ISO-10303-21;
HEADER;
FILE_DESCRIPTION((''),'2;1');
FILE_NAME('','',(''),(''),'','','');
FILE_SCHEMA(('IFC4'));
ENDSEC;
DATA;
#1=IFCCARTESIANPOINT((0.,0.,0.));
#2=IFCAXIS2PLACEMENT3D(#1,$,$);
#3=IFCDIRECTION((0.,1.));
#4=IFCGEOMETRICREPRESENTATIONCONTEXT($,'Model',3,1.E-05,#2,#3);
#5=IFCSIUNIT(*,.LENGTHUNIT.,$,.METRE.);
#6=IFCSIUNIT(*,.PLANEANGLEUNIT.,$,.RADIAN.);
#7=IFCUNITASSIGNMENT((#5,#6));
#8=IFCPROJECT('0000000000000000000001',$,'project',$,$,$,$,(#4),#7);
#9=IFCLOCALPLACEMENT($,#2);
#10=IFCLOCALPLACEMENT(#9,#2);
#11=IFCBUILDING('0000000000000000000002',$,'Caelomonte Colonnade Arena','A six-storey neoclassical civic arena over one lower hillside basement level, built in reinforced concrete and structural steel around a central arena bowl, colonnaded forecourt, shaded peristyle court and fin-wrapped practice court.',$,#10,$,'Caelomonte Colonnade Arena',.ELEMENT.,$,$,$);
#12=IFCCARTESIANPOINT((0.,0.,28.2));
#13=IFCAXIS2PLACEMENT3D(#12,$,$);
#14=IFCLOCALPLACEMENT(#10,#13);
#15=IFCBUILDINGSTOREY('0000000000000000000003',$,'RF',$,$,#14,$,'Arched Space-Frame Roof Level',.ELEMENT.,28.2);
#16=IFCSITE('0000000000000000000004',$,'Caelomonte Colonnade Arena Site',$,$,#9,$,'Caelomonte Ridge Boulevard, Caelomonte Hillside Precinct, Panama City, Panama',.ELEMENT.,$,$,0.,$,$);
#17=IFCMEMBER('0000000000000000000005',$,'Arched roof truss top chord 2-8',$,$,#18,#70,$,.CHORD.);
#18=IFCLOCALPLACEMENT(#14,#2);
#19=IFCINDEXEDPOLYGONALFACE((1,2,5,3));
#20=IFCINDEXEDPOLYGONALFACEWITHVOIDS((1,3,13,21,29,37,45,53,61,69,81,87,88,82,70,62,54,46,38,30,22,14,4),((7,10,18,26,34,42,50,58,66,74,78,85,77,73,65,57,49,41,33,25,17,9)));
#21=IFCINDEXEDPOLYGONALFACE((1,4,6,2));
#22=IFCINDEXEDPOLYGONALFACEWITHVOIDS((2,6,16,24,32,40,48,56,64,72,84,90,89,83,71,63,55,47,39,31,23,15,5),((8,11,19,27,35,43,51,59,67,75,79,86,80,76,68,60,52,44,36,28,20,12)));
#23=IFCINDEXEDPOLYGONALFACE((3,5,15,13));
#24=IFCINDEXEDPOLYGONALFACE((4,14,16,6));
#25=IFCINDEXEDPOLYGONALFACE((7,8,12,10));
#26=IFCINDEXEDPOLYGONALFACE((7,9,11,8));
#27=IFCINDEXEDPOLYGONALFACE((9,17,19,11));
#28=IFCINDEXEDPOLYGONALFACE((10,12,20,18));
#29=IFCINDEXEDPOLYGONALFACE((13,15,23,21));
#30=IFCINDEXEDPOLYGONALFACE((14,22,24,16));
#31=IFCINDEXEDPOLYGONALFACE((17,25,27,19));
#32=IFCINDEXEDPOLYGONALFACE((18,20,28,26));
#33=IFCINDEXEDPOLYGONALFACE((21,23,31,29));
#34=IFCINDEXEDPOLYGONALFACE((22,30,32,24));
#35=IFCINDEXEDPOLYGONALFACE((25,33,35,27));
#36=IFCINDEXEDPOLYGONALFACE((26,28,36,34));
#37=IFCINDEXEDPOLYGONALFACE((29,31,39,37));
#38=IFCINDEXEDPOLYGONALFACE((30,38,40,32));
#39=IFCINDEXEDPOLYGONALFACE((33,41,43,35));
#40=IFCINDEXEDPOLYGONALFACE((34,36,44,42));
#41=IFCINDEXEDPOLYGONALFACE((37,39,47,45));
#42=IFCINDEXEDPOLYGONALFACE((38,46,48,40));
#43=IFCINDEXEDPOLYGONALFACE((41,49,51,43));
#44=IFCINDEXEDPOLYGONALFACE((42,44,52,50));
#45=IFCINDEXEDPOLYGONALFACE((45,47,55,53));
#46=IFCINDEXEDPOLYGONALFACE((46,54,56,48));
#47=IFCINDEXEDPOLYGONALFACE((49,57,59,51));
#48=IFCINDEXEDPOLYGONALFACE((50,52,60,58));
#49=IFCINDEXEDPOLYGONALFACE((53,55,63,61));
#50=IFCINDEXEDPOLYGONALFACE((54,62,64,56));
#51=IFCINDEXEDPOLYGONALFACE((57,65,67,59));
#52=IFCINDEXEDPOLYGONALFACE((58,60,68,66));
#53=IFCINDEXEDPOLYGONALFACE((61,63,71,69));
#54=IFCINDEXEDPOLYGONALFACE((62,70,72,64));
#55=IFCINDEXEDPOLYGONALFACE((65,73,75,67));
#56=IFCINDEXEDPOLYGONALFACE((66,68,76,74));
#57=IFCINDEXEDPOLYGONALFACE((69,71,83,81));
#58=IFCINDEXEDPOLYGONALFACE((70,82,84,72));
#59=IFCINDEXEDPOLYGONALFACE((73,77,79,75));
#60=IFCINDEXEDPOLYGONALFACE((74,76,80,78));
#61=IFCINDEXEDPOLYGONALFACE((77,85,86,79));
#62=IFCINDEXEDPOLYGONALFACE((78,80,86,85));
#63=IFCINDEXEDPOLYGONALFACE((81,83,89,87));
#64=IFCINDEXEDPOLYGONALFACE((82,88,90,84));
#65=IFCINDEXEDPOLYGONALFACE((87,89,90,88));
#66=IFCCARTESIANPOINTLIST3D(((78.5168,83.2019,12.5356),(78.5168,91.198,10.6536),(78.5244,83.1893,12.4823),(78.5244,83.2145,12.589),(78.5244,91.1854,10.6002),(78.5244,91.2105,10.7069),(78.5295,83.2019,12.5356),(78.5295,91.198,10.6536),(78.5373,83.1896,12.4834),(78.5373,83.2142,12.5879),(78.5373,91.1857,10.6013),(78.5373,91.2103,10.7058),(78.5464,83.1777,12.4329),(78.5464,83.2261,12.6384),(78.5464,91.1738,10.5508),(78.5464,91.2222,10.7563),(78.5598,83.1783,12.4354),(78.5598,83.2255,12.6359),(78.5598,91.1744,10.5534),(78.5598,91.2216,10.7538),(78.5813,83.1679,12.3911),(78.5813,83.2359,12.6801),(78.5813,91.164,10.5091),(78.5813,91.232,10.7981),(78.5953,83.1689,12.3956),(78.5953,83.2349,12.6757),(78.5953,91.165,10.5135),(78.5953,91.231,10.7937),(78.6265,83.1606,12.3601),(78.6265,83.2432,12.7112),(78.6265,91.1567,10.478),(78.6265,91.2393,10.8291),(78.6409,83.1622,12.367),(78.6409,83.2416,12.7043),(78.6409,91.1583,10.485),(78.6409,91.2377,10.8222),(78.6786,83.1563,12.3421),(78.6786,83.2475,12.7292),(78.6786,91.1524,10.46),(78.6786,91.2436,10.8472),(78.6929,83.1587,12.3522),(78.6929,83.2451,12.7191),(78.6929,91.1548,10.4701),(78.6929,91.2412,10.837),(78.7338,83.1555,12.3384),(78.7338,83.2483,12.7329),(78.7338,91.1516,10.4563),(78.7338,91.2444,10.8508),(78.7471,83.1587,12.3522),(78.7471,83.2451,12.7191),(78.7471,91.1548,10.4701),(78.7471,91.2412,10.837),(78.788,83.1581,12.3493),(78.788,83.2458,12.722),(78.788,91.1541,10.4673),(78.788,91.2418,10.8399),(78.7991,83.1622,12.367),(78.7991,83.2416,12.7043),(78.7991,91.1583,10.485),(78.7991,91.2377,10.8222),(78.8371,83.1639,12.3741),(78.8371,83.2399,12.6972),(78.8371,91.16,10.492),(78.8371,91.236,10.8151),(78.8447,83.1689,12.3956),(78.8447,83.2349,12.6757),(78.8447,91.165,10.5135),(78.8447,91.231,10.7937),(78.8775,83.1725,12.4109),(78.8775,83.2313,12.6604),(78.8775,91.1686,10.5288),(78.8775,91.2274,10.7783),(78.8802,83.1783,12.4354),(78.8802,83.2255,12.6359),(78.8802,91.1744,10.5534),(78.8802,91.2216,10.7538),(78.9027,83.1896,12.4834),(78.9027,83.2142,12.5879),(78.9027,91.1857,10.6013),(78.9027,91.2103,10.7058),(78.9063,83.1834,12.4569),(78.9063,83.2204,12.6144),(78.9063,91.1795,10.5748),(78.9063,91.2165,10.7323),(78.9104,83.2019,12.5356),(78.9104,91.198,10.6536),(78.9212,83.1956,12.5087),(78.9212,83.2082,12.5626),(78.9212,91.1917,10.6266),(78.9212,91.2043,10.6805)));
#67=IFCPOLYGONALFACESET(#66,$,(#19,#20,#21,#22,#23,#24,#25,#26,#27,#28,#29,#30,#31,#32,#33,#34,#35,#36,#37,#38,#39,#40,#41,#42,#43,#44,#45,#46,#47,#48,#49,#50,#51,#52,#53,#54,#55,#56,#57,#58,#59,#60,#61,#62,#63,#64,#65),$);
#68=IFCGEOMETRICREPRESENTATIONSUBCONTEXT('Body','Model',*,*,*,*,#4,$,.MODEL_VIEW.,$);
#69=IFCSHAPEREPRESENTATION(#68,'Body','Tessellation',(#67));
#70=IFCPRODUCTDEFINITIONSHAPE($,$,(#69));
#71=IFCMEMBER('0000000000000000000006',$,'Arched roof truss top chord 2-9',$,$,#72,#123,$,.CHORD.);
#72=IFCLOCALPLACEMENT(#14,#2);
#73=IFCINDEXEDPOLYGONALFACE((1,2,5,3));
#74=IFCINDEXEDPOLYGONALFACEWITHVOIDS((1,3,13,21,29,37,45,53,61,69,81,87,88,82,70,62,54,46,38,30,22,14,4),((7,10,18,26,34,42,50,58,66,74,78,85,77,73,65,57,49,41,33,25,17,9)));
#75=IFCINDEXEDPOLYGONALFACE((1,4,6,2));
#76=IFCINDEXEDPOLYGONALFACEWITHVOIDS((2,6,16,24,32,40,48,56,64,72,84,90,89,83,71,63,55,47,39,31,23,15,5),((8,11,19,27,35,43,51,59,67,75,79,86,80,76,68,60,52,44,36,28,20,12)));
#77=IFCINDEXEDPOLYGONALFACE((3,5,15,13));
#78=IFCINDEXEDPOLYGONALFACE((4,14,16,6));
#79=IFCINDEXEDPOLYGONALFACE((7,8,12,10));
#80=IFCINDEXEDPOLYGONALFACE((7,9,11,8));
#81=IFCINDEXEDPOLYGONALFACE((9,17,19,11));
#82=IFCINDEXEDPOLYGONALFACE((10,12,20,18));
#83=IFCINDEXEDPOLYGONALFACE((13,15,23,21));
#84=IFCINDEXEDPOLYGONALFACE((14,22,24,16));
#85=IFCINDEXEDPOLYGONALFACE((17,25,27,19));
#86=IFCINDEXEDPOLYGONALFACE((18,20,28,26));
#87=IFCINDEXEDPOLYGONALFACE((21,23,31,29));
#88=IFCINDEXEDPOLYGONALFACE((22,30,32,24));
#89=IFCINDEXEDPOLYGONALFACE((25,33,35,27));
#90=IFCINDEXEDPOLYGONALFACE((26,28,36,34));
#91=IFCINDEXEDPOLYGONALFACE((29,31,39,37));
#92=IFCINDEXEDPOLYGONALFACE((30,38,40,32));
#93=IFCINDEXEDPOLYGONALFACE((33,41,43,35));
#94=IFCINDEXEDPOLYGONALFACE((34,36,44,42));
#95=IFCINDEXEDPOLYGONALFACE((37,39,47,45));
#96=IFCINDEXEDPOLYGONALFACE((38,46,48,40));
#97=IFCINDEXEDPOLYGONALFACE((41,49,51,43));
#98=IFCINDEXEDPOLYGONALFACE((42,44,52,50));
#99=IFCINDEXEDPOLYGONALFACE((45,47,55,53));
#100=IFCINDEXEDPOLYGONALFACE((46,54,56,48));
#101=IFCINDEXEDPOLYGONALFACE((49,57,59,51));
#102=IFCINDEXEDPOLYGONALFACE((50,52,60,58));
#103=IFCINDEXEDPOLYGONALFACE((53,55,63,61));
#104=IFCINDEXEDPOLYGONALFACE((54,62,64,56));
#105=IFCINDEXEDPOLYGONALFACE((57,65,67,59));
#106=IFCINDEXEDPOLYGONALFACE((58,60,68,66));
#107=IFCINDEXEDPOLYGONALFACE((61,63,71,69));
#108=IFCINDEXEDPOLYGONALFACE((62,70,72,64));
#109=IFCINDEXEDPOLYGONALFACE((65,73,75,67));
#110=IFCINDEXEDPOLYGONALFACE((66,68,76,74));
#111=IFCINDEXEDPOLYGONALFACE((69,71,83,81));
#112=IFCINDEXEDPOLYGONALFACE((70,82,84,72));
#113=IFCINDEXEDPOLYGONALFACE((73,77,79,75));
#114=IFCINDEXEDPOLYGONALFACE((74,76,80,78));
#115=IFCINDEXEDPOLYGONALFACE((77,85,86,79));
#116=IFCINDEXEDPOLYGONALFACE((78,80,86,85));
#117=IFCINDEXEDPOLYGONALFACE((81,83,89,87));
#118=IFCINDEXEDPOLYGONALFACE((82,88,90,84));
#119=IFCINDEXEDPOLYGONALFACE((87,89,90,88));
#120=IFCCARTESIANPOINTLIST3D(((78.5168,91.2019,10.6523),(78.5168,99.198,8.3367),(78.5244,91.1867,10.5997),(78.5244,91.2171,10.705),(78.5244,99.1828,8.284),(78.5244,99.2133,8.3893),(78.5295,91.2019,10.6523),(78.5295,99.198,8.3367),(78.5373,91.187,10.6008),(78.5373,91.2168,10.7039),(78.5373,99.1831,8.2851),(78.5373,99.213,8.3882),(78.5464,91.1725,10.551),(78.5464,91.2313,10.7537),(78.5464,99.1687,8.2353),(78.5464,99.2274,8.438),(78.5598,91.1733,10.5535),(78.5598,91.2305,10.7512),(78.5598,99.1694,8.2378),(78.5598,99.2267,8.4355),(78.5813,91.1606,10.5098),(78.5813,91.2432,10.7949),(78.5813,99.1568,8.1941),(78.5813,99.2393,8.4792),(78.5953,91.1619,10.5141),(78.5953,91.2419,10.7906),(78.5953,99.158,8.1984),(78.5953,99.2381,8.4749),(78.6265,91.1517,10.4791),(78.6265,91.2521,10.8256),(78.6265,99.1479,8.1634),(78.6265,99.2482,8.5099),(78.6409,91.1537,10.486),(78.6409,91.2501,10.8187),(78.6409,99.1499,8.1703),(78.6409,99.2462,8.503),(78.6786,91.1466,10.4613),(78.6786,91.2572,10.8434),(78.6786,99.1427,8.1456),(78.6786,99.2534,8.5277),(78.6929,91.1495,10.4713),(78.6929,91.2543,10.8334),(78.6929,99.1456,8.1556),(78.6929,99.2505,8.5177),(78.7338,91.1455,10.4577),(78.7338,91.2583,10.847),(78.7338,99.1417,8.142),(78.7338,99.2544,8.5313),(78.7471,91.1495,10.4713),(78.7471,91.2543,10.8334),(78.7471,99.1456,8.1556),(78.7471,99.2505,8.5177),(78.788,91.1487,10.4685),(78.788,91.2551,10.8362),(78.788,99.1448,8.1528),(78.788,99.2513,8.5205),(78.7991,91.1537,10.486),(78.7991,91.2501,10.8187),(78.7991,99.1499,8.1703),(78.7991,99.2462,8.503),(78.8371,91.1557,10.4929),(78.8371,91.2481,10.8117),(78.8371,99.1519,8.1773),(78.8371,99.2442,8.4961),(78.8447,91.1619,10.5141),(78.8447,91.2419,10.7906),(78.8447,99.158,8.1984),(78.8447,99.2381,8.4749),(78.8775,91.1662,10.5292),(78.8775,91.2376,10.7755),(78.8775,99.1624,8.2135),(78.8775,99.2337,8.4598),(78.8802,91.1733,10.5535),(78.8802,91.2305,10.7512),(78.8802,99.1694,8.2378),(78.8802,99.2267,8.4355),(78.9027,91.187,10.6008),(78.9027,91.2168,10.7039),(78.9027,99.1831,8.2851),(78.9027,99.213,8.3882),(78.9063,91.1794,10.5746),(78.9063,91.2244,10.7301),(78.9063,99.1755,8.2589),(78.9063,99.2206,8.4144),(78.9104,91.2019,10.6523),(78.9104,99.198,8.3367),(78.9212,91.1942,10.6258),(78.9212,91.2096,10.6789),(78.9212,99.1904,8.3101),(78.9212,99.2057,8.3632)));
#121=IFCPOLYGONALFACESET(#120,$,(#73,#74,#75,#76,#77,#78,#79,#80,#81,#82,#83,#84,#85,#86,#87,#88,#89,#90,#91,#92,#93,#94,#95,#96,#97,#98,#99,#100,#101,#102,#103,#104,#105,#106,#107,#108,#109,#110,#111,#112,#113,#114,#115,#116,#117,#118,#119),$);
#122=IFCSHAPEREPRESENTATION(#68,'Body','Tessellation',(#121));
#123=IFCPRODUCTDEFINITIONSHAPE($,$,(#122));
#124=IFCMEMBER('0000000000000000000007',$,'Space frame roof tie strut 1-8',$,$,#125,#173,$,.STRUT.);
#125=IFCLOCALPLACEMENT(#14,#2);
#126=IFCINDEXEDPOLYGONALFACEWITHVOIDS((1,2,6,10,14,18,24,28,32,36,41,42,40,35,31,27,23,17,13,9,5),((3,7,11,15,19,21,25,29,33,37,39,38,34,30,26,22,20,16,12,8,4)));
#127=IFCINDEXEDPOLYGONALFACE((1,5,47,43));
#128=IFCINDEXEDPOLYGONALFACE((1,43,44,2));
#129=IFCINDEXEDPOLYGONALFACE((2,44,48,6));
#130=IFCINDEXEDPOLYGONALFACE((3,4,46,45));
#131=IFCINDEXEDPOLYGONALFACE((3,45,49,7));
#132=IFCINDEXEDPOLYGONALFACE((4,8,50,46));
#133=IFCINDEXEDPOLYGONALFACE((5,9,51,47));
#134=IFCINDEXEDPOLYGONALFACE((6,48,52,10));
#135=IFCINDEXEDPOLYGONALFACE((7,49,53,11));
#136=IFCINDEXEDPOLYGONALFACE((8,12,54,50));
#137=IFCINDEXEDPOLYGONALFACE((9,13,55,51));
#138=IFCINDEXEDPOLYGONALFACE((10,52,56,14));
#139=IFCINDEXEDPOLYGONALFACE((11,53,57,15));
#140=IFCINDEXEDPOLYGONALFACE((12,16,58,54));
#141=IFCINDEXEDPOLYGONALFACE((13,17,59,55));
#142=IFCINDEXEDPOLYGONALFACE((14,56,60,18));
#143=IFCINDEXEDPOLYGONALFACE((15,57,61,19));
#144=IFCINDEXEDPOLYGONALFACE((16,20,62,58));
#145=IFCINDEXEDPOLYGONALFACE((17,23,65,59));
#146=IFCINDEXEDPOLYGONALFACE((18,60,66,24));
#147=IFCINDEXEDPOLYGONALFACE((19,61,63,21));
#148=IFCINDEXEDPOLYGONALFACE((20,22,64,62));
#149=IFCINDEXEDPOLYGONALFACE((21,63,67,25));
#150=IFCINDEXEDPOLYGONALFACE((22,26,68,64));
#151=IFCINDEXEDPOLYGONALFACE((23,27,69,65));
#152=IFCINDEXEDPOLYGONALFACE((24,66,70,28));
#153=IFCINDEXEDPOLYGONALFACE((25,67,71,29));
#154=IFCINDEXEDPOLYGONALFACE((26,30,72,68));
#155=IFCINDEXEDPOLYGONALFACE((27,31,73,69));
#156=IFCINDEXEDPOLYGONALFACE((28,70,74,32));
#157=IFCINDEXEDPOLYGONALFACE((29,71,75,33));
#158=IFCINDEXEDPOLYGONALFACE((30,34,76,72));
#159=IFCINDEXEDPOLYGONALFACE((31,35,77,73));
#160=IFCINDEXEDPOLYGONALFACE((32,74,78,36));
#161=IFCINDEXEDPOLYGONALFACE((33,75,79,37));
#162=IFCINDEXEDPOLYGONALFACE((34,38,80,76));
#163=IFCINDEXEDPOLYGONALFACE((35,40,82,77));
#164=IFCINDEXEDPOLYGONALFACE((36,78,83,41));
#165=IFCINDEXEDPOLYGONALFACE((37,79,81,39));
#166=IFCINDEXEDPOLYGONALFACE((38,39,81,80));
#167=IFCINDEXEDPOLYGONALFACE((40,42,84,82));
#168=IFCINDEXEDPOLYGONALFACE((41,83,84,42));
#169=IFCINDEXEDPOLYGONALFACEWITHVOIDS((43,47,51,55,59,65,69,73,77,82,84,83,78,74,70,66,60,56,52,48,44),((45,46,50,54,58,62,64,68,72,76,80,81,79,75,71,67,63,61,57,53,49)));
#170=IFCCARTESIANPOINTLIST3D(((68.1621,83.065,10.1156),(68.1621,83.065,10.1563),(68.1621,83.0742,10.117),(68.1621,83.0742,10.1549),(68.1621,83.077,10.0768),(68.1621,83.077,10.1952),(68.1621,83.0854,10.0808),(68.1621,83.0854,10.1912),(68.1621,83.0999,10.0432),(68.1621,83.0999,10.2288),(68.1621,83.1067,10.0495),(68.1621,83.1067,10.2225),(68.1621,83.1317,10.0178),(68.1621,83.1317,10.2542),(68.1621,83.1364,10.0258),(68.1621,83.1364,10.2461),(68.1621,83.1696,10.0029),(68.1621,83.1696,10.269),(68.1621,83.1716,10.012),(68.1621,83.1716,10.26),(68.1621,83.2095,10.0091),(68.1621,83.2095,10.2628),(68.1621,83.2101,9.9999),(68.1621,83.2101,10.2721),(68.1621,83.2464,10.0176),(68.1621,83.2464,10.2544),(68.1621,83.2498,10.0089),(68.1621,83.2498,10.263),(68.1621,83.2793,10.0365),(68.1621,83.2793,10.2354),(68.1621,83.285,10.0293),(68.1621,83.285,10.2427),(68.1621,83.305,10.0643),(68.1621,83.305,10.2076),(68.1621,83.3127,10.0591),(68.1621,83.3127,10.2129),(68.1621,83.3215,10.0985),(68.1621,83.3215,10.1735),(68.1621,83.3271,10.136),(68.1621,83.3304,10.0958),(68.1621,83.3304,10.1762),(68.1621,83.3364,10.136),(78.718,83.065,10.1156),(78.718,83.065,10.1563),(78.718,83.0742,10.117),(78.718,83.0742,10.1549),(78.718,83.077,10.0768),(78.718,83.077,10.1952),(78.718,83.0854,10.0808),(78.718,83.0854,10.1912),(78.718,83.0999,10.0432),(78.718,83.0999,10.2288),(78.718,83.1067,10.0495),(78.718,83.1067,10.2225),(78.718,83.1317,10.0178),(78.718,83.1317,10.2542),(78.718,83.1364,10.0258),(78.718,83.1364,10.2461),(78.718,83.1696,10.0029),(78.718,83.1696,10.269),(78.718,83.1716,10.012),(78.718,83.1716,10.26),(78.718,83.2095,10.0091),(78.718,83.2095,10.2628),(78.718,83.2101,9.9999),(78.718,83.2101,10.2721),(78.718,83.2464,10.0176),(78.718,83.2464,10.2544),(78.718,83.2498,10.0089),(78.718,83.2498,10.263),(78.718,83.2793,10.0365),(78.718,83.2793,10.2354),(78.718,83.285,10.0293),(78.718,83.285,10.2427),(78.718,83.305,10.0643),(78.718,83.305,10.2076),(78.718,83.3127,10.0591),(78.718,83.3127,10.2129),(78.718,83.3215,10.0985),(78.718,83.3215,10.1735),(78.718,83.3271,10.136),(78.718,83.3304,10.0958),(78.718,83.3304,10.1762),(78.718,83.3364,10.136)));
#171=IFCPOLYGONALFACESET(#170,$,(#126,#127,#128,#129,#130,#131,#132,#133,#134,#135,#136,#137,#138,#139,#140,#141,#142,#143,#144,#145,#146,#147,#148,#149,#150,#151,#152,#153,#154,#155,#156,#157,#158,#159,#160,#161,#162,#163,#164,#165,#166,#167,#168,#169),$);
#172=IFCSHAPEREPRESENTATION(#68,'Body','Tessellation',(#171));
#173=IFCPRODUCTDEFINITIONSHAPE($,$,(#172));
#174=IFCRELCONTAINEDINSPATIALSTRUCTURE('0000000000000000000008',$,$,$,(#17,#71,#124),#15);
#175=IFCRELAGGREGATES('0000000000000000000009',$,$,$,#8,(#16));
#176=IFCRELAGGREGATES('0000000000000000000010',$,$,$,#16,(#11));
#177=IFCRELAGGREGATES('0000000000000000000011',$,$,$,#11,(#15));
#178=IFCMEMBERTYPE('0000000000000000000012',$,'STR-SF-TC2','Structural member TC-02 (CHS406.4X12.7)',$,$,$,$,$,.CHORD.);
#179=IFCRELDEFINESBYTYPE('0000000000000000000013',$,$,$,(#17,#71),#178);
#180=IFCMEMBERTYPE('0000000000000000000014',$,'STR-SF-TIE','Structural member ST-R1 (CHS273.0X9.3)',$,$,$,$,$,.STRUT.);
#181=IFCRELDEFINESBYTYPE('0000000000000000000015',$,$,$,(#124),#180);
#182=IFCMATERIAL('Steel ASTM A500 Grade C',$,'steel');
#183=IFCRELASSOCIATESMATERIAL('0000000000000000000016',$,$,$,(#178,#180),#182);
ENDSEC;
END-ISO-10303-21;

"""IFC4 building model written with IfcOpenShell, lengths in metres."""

from ifc_helpers import new_model, si_unit, direction, frame, origin, origin_2d, place, context, subcontext, project, spatial, hollow_circle, extrude, material, material_profile, profile_set, type_object, element, save


model = new_model("IFC4")

# Units and contexts
model_context = context("Model", 3, precision=1e-05, world=origin(), true_north=direction((0.0, 1.0)))
body_context = subcontext(model_context, "Body", "Model", "MODEL_VIEW")
ifc_project = project(units=[si_unit("LENGTHUNIT", "METRE"), si_unit("PLANEANGLEUNIT", "RADIAN")], contexts=[model_context])

# Site, building, storey
site_placement = place(None, origin())
site = spatial("IfcSite", under=ifc_project, at=site_placement, Name="Caelomonte Colonnade Arena Site", LongName="Caelomonte Ridge Boulevard, Caelomonte Hillside Precinct, Panama City, Panama", CompositionType="ELEMENT", RefElevation=0.0)
building_placement = place(site_placement, origin())
building = spatial("IfcBuilding", under=site, at=building_placement, Name="Caelomonte Colonnade Arena", Description="A six-storey neoclassical civic arena over one lower hillside basement level, built in reinforced concrete and structural steel around a central arena bowl, colonnaded forecourt, shaded peristyle court and fin-wrapped practice court.", LongName="Caelomonte Colonnade Arena", CompositionType="ELEMENT")
storey_placement = place(building_placement, frame((0.0, 0.0, 28.2)))
storey = spatial("IfcBuildingStorey", under=building, at=storey_placement, Name="RF", LongName="Arched Space-Frame Roof Level", CompositionType="ELEMENT", Elevation=28.2)

# Members
ifc_material_1 = material(Name="Steel ASTM A500 Grade C", Category="steel")
ifc_material_profile_1 = material_profile(ifc_material_1, hollow_circle(Radius=0.2031, WallThickness=0.0127, at=origin_2d()), Name="CHS406.4X12.7")
ifc_profile_set_1 = profile_set([ifc_material_profile_1], Name="Steel ASTM A500 Grade C")
member_type_1 = type_object("IfcMemberType", Name="STR-SF-TC2", Description="Structural member TC-02 (CHS406.4X12.7)", PredefinedType="CHORD", material=ifc_profile_set_1)
member_1_placement = place(storey_placement, frame((78.72, 83.2019, 12.5356), z_axis=(0.0, 0.9734, -0.229114), x_axis=(-1.0, 0.0, 0.0)))
element("IfcMember", 1, at=member_1_placement, inside=storey, type_object=member_type_1, Name="Arched roof truss top chord 2-8", PredefinedType="CHORD", context=body_context, shape_type="SweptSolid", body=[
    extrude(hollow_circle(Radius=0.2031, WallThickness=0.0127, at=origin_2d()), origin(), (0.0, 0.0, 1.0), 8.2146),
])
member_2_placement = place(storey_placement, frame((78.72, 91.2019, 10.6523), z_axis=(0.0, 0.960532, -0.278171), x_axis=(-1.0, 0.0, 0.0)))
element("IfcMember", 2, at=member_2_placement, inside=storey, type_object=member_type_1, Name="Arched roof truss top chord 2-9", PredefinedType="CHORD", context=body_context, shape_type="SweptSolid", body=[
    extrude(hollow_circle(Radius=0.2031, WallThickness=0.0127, at=origin_2d()), origin(), (0.0, 0.0, 1.0), 8.3247),
])
ifc_material_profile_2 = material_profile(ifc_material_1, hollow_circle(Radius=0.1365, WallThickness=0.0093, at=origin_2d()), Name="CHS273.0X9.3")
ifc_profile_set_2 = profile_set([ifc_material_profile_2], Name="Steel ASTM A500 Grade C")
member_type_2 = type_object("IfcMemberType", Name="STR-SF-TIE", Description="Structural member ST-R1 (CHS273.0X9.3)", PredefinedType="STRUT", material=ifc_profile_set_2)
for number, where, z_axis, x_axis, name in (
    (3, (68.1621, 83.2, 10.136), (1.0, 0.0, 0.0), (0.0, 1.0, 0.0), "Space frame roof tie strut 1-8"),
):
    element("IfcMember", number, at=place(storey_placement, frame(where, z_axis=z_axis, x_axis=x_axis)), inside=storey, type_object=member_type_2, Name=name, PredefinedType="STRUT", context=body_context, shape_type="SweptSolid", body=[
        extrude(hollow_circle(Radius=0.1365, WallThickness=0.0093, at=origin_2d()), origin(), (0.0, 0.0, 1.0), 10.5559),
    ])

save(model, "model.ifc")
